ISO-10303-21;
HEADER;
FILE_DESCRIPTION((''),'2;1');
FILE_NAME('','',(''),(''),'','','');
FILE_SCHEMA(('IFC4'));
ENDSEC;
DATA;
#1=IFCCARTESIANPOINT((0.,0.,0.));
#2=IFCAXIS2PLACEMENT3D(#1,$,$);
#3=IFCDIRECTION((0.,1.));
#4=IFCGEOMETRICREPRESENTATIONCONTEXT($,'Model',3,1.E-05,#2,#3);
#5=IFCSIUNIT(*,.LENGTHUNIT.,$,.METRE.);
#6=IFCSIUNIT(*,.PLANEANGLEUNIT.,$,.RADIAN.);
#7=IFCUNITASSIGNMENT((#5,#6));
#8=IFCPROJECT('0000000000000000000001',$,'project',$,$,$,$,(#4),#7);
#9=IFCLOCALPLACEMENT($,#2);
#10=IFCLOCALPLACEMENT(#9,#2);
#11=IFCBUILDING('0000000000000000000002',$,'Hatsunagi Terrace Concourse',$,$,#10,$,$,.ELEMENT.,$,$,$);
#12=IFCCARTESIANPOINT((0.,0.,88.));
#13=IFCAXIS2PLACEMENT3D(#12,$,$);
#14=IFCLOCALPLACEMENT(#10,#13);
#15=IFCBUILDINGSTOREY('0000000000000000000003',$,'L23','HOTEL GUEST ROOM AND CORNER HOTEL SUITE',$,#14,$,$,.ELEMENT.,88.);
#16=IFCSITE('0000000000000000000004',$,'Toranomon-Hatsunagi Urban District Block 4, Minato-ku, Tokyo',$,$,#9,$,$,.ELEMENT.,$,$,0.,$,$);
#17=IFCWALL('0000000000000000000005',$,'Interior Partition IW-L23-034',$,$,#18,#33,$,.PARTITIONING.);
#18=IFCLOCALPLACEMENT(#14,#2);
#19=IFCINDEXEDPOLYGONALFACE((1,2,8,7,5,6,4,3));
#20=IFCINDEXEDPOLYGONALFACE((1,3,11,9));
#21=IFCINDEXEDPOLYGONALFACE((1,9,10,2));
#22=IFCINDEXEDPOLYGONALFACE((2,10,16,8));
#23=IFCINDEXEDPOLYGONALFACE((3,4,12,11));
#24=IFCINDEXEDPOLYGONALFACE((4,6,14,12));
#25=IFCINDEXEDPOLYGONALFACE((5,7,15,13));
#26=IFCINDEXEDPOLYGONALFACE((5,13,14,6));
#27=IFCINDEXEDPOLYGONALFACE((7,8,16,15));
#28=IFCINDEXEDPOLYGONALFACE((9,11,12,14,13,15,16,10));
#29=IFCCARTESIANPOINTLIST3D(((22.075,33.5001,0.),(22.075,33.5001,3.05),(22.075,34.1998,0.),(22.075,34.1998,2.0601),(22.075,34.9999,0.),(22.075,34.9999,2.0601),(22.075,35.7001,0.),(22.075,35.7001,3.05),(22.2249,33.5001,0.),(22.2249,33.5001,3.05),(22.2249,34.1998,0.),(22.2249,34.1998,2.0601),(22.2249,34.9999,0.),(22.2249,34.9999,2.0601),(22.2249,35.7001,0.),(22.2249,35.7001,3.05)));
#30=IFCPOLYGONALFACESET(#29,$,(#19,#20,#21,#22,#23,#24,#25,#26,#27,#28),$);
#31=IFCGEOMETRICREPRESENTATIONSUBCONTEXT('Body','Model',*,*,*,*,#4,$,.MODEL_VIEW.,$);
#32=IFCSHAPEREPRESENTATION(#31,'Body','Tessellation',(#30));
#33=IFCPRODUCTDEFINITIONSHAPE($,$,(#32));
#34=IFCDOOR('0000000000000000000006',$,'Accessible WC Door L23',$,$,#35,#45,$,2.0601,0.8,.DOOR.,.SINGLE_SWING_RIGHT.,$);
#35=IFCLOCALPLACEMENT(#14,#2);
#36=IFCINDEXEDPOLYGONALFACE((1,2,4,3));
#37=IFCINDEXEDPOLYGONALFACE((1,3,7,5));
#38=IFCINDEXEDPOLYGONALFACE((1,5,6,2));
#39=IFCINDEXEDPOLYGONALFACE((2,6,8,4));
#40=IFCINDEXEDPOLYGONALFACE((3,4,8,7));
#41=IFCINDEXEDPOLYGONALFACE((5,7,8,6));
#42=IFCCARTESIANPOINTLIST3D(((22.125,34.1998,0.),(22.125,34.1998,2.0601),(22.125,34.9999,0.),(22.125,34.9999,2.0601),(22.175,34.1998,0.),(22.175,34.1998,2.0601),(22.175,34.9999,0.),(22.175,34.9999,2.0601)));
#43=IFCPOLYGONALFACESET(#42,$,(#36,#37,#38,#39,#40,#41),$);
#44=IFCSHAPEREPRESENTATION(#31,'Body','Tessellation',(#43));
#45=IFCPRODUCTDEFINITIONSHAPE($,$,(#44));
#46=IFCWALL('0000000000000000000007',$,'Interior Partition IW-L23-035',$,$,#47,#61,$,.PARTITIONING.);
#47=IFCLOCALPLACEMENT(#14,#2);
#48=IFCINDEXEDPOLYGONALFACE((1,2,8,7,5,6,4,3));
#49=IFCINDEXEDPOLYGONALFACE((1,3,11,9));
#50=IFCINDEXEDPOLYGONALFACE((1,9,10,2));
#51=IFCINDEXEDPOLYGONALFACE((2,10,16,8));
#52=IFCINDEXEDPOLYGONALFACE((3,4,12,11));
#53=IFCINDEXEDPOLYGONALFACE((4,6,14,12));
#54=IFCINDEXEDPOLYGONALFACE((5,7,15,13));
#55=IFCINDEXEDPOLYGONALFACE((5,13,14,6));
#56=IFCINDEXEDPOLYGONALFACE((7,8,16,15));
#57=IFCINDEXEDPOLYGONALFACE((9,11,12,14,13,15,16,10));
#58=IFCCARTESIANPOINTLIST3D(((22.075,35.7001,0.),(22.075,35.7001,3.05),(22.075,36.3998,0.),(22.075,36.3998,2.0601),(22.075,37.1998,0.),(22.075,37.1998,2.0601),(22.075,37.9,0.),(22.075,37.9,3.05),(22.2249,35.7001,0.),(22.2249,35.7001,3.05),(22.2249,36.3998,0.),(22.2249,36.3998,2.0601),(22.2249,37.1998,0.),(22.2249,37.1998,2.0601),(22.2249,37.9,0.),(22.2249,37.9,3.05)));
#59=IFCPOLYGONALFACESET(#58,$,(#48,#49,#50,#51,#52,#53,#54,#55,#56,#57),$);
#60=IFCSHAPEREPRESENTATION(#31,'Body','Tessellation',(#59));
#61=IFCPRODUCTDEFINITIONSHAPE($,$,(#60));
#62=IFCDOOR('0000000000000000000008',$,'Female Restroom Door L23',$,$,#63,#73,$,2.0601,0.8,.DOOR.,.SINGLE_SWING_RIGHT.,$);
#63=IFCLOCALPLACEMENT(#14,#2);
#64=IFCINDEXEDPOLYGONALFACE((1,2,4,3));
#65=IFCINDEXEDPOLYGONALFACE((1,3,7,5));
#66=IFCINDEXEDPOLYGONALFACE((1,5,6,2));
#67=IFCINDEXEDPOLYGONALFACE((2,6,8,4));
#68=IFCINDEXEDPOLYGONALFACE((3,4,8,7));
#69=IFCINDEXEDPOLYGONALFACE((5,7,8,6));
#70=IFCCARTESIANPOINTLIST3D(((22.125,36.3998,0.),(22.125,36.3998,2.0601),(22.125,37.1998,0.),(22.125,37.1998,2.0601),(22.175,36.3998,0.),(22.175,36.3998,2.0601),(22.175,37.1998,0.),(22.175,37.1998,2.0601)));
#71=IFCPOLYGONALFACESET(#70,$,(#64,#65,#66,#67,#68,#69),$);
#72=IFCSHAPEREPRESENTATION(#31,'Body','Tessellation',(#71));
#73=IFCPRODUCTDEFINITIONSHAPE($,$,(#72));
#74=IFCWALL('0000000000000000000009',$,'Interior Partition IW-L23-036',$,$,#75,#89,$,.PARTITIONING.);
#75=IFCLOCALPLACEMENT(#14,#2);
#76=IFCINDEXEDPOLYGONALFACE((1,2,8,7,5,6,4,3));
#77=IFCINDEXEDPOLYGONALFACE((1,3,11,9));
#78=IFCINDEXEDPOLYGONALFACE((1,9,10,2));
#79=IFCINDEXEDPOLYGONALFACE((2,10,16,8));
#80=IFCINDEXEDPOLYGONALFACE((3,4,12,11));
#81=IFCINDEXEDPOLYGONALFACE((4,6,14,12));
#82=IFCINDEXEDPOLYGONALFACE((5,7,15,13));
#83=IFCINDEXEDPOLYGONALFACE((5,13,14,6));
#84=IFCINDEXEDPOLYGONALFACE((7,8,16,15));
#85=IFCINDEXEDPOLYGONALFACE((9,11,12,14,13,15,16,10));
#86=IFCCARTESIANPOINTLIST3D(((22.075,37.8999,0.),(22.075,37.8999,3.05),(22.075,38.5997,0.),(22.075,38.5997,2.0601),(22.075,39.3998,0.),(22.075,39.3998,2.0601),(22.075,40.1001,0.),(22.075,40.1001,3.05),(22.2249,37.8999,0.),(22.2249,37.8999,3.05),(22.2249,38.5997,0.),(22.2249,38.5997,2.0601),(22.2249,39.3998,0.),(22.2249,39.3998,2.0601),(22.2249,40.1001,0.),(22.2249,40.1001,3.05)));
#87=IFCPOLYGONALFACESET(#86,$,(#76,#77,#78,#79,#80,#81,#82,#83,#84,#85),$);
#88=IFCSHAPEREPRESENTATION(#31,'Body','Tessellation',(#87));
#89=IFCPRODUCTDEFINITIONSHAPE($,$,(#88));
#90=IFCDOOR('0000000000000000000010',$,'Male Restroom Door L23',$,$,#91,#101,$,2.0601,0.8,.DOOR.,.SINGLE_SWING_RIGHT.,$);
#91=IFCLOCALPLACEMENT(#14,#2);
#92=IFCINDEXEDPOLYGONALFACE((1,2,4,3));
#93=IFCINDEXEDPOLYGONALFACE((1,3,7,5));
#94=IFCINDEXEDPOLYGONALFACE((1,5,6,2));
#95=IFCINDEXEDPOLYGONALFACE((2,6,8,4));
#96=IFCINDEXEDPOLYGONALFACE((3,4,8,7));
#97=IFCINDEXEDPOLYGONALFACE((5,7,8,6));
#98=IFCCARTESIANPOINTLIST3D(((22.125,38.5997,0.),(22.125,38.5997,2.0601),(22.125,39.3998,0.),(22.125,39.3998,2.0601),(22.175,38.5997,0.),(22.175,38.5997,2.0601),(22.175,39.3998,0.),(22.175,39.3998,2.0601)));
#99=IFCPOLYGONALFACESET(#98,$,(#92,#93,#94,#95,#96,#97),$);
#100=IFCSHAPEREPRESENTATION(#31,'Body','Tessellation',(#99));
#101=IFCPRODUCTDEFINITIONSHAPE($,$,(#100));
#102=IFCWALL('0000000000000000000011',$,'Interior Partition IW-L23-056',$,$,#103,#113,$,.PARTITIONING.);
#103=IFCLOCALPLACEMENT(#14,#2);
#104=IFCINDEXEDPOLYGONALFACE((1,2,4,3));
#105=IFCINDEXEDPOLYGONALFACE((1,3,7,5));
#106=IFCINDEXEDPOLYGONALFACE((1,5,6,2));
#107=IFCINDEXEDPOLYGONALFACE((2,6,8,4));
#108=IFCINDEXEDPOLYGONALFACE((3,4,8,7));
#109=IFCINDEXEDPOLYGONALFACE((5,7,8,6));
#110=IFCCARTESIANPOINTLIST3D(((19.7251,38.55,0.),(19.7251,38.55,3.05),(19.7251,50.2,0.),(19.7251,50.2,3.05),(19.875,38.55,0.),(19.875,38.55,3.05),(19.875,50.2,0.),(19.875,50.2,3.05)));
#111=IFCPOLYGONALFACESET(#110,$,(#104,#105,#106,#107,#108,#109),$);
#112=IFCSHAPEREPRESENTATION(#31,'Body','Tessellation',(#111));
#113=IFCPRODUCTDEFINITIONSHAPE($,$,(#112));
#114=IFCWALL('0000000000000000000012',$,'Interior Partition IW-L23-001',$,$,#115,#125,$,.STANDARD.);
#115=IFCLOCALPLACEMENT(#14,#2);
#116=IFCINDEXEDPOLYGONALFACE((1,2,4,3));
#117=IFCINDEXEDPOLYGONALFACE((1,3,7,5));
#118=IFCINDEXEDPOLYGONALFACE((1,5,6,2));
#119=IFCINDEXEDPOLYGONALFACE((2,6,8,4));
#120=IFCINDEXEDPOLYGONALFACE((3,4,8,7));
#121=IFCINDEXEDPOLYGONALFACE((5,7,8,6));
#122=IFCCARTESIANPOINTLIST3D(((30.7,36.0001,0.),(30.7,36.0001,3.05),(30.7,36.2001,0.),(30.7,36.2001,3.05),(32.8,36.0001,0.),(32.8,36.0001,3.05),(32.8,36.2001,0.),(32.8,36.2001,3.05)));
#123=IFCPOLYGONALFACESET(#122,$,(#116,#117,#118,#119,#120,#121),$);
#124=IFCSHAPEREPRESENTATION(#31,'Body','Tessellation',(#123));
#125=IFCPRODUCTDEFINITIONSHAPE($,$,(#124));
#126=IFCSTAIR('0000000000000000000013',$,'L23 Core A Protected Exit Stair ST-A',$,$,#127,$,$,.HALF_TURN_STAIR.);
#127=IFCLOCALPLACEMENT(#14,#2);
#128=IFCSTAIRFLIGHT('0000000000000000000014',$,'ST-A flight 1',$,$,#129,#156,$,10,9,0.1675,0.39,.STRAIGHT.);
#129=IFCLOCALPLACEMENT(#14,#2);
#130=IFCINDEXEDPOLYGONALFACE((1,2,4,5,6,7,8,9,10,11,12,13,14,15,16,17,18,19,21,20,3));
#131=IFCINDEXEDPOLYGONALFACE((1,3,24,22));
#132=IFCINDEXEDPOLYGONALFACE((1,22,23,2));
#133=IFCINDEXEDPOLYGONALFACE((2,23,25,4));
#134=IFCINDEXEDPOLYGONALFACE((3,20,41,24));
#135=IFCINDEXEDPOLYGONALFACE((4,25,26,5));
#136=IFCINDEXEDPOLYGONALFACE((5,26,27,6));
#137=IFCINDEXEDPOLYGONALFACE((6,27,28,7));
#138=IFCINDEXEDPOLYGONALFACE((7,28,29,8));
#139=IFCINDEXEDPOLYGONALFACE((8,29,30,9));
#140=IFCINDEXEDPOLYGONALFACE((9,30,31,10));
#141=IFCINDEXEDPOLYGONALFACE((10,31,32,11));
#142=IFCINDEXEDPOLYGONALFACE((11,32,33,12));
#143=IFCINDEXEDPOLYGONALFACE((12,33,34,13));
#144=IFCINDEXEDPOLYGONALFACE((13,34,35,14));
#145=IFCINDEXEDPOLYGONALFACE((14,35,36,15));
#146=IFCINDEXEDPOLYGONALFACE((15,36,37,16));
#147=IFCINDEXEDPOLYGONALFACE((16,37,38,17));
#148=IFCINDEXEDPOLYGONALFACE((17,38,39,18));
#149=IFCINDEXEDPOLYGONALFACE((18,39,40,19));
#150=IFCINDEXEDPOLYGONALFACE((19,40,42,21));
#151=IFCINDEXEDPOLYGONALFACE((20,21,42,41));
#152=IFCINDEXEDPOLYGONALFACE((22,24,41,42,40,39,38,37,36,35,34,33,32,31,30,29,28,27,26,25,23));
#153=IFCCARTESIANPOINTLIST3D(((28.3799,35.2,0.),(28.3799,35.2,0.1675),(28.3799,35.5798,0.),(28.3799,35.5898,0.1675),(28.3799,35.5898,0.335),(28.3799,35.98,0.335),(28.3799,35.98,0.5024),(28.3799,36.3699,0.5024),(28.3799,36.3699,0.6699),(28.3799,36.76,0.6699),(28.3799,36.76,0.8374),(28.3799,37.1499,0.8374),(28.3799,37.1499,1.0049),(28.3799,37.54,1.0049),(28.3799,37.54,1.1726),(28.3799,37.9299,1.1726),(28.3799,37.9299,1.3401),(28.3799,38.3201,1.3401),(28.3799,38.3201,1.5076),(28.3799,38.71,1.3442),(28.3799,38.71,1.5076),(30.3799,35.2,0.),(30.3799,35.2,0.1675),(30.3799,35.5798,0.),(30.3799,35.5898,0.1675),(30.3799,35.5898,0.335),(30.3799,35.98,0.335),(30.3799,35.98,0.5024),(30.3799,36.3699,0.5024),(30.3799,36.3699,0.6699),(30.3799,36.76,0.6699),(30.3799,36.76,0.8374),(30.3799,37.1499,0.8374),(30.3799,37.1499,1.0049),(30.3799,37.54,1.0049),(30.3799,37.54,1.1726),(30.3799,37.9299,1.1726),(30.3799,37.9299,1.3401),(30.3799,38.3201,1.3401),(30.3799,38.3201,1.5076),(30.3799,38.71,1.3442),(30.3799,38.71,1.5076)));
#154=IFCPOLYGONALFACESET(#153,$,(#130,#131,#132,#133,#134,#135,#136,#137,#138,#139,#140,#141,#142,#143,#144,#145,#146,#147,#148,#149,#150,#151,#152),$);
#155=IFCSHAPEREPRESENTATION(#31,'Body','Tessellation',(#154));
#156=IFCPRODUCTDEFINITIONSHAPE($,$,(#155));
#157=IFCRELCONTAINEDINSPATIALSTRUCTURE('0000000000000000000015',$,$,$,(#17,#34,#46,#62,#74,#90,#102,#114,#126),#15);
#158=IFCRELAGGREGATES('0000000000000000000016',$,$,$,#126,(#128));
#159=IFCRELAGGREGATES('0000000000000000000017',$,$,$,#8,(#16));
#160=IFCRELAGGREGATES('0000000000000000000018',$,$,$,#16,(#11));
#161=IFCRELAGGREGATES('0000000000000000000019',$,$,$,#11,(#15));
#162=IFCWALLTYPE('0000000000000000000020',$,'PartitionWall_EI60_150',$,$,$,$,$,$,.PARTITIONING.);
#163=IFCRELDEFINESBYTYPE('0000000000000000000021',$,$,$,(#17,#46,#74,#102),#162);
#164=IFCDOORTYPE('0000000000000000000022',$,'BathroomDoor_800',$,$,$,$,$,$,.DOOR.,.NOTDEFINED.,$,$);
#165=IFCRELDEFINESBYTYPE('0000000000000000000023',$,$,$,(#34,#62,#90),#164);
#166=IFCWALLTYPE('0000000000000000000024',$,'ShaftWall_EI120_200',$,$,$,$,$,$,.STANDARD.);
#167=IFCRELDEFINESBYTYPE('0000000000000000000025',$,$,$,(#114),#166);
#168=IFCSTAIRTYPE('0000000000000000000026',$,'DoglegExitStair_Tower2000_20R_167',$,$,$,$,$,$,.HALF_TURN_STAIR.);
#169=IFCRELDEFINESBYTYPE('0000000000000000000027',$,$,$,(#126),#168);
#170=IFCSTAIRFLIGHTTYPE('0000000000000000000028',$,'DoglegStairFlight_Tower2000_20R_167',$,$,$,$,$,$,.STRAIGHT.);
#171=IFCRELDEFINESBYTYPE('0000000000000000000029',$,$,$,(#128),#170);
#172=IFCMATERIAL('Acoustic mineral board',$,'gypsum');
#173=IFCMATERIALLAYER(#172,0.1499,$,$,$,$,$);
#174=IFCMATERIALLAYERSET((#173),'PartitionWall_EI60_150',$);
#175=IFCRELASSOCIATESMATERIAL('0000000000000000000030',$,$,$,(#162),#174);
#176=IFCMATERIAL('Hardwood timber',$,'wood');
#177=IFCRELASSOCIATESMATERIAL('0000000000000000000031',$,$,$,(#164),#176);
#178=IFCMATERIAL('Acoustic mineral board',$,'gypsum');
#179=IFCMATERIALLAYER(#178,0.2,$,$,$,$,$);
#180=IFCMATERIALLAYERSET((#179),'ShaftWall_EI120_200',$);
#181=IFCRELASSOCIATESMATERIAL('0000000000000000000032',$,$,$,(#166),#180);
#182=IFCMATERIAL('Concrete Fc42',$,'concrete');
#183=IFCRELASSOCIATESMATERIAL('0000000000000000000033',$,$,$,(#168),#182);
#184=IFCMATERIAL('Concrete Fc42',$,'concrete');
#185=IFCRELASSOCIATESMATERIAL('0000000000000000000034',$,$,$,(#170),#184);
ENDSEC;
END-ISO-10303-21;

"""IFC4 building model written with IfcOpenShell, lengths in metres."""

from ifc_helpers import new_model, si_unit, direction, frame, frame_2d, origin, place, context, subcontext, project, spatial, polyline, rectangle, outline, extrude, material, layer, layer_set, type_object, element, fill, aggregate, save


model = new_model("IFC4")

# Units and contexts
model_context = context("Model", 3, precision=1e-05, world=origin(), true_north=direction((0.0, 1.0)))
body_context = subcontext(model_context, "Body", "Model", "MODEL_VIEW")
ifc_project = project(units=[si_unit("LENGTHUNIT", "METRE"), si_unit("PLANEANGLEUNIT", "RADIAN")], contexts=[model_context])

# Site, building, storey
site_placement = place(None, origin())
site = spatial("IfcSite", under=ifc_project, at=site_placement, Name="Toranomon-Hatsunagi Urban District Block 4, Minato-ku, Tokyo", CompositionType="ELEMENT", RefElevation=0.0)
building_placement = place(site_placement, origin())
building = spatial("IfcBuilding", under=site, at=building_placement, Name="Hatsunagi Terrace Concourse", CompositionType="ELEMENT")
storey_placement = place(building_placement, frame((0.0, 0.0, 88.0)))
storey = spatial("IfcBuildingStorey", under=building, at=storey_placement, Name="L23", Description="HOTEL GUEST ROOM AND CORNER HOTEL SUITE", CompositionType="ELEMENT", Elevation=88.0)

# Shared definitions
ifc_material_1 = material(Name="Acoustic mineral board", Category="gypsum")
ifc_layer_1 = layer(ifc_material_1, 0.1499)
ifc_layer_set_1 = layer_set([ifc_layer_1], Name="PartitionWall_EI60_150")
wall_type_1 = type_object("IfcWallType", Name="PartitionWall_EI60_150", PredefinedType="PARTITIONING", material=ifc_layer_set_1)

# Walls, openings, doors
wall_1_placement = place(storey_placement, frame((22.1499, 33.5, 0.0), z_axis=(0.0, 0.0, 1.0), x_axis=(0.0, 1.0, 0.0)))
wall_1 = element("IfcWall", 1, at=wall_1_placement, inside=storey, type_object=wall_type_1, Name="Interior Partition IW-L23-034", PredefinedType="PARTITIONING", context=body_context, shape_type="SweptSolid", body=[
    extrude(rectangle(XDim=2.2, YDim=0.1499, at=frame_2d((1.1001, 0.0))), origin(), (0.0, 0.0, 1.0), 3.05),
])
opening_1_placement = place(wall_1_placement, frame((0.7, 0.0, 0.0)))
opening_1 = element("IfcOpeningElement", 2, at=opening_1_placement, cuts=wall_1, PredefinedType="OPENING", context=body_context, shape_type="SweptSolid", body=[
    extrude(rectangle(XDim=0.8, YDim=2.0601, at=frame_2d((0.3999, 1.03))), frame((0.0, 0.085, 0.0), z_axis=(0.0, -1.0, 0.0), x_axis=(1.0, 0.0, 0.0)), (0.0, 0.0, 1.0), 0.1699),
])
ifc_material_2 = material(Name="Hardwood timber", Category="wood")
door_type_1 = type_object("IfcDoorType", Name="BathroomDoor_800", OperationType="NOTDEFINED", PredefinedType="DOOR", material=ifc_material_2)
door_1_placement = place(opening_1_placement, origin())
door_1 = element("IfcDoor", 3, at=door_1_placement, inside=storey, type_object=door_type_1, Name="Accessible WC Door L23", OperationType="SINGLE_SWING_RIGHT", OverallHeight=2.0601, OverallWidth=0.8, PredefinedType="DOOR", context=body_context, shape_type="SweptSolid", body=[
    extrude(rectangle(XDim=0.8, YDim=2.0601, at=frame_2d((0.3999, 1.03))), frame((0.0, 0.0249, 0.0), z_axis=(0.0, -1.0, 0.0), x_axis=(1.0, 0.0, 0.0)), (0.0, 0.0, 1.0), 0.05),
])
fill(opening_1, door_1)
wall_2_placement = place(storey_placement, frame((22.1499, 35.7, 0.0), z_axis=(0.0, 0.0, 1.0), x_axis=(0.0, 1.0, 0.0)))
wall_2 = element("IfcWall", 4, at=wall_2_placement, inside=storey, type_object=wall_type_1, Name="Interior Partition IW-L23-035", PredefinedType="PARTITIONING", context=body_context, shape_type="SweptSolid", body=[
    extrude(rectangle(XDim=2.2, YDim=0.1499, at=frame_2d((1.1001, 0.0))), origin(), (0.0, 0.0, 1.0), 3.05),
])
opening_2_placement = place(wall_2_placement, frame((0.7, 0.0, 0.0)))
opening_2 = element("IfcOpeningElement", 5, at=opening_2_placement, cuts=wall_2, PredefinedType="OPENING", context=body_context, shape_type="SweptSolid", body=[
    extrude(rectangle(XDim=0.8, YDim=2.0601, at=frame_2d((0.3999, 1.03))), frame((0.0, 0.085, 0.0), z_axis=(0.0, -1.0, 0.0), x_axis=(1.0, 0.0, 0.0)), (0.0, 0.0, 1.0), 0.1699),
])
door_2_placement = place(opening_2_placement, origin())
door_2 = element("IfcDoor", 6, at=door_2_placement, inside=storey, type_object=door_type_1, Name="Female Restroom Door L23", OperationType="SINGLE_SWING_RIGHT", OverallHeight=2.0601, OverallWidth=0.8, PredefinedType="DOOR", context=body_context, shape_type="SweptSolid", body=[
    extrude(rectangle(XDim=0.8, YDim=2.0601, at=frame_2d((0.3999, 1.03))), frame((0.0, 0.0249, 0.0), z_axis=(0.0, -1.0, 0.0), x_axis=(1.0, 0.0, 0.0)), (0.0, 0.0, 1.0), 0.05),
])
fill(opening_2, door_2)
wall_3_placement = place(storey_placement, frame((22.1499, 37.8999, 0.0), z_axis=(0.0, 0.0, 1.0), x_axis=(0.0, 1.0, 0.0)))
wall_3 = element("IfcWall", 7, at=wall_3_placement, inside=storey, type_object=wall_type_1, Name="Interior Partition IW-L23-036", PredefinedType="PARTITIONING", context=body_context, shape_type="SweptSolid", body=[
    extrude(rectangle(XDim=2.2002, YDim=0.1499, at=frame_2d((1.1001, 0.0))), origin(), (0.0, 0.0, 1.0), 3.05),
])
opening_3_placement = place(wall_3_placement, frame((0.7, 0.0, 0.0)))
opening_3 = element("IfcOpeningElement", 8, at=opening_3_placement, cuts=wall_3, PredefinedType="OPENING", context=body_context, shape_type="SweptSolid", body=[
    extrude(rectangle(XDim=0.8, YDim=2.0601, at=frame_2d((0.3999, 1.03))), frame((0.0, 0.085, 0.0), z_axis=(0.0, -1.0, 0.0), x_axis=(1.0, 0.0, 0.0)), (0.0, 0.0, 1.0), 0.1699),
])
door_3_placement = place(opening_3_placement, origin())
door_3 = element("IfcDoor", 9, at=door_3_placement, inside=storey, type_object=door_type_1, Name="Male Restroom Door L23", OperationType="SINGLE_SWING_RIGHT", OverallHeight=2.0601, OverallWidth=0.8, PredefinedType="DOOR", context=body_context, shape_type="SweptSolid", body=[
    extrude(rectangle(XDim=0.8, YDim=2.0601, at=frame_2d((0.3999, 1.03))), frame((0.0, 0.0249, 0.0), z_axis=(0.0, -1.0, 0.0), x_axis=(1.0, 0.0, 0.0)), (0.0, 0.0, 1.0), 0.05),
])
fill(opening_3, door_3)

# Walls
wall_4_placement = place(storey_placement, frame((19.8, 38.55, 0.0), z_axis=(0.0, 0.0, 1.0), x_axis=(0.0, 1.0, 0.0)))
element("IfcWall", 10, at=wall_4_placement, inside=storey, type_object=wall_type_1, Name="Interior Partition IW-L23-056", PredefinedType="PARTITIONING", context=body_context, shape_type="SweptSolid", body=[
    extrude(rectangle(XDim=11.6499, YDim=0.1499, at=frame_2d((5.825, 0.0))), origin(), (0.0, 0.0, 1.0), 3.05),
])
ifc_material_3 = material(Name="Acoustic mineral board", Category="gypsum")
ifc_layer_2 = layer(ifc_material_3, 0.2)
ifc_layer_set_2 = layer_set([ifc_layer_2], Name="ShaftWall_EI120_200")
wall_type_2 = type_object("IfcWallType", Name="ShaftWall_EI120_200", PredefinedType="STANDARD", material=ifc_layer_set_2)
wall_5_placement = place(storey_placement, frame((30.7, 36.1001, 0.0), z_axis=(0.0, 0.0, 1.0), x_axis=(1.0, 0.0, 0.0)))
element("IfcWall", 11, at=wall_5_placement, inside=storey, type_object=wall_type_2, Name="Interior Partition IW-L23-001", PredefinedType="STANDARD", context=body_context, shape_type="SweptSolid", body=[
    extrude(rectangle(XDim=2.1001, YDim=0.2, at=frame_2d((1.05, 0.0))), origin(), (0.0, 0.0, 1.0), 3.05),
])

# Stair, stair flight
ifc_material_4 = material(Name="Concrete Fc42", Category="concrete")
stair_type = type_object("IfcStairType", Name="DoglegExitStair_Tower2000_20R_167", PredefinedType="HALF_TURN_STAIR", material=ifc_material_4)
stair_placement = place(storey_placement, origin())
stair = element("IfcStair", 12, at=stair_placement, inside=storey, type_object=stair_type, Name="L23 Core A Protected Exit Stair ST-A", PredefinedType="HALF_TURN_STAIR")
ifc_material_5 = material(Name="Concrete Fc42", Category="concrete")
stair_flight_type = type_object("IfcStairFlightType", Name="DoglegStairFlight_Tower2000_20R_167", PredefinedType="STRAIGHT", material=ifc_material_5)
stair_flight_1_placement = place(storey_placement, frame((29.3799, 35.2, 0.0), z_axis=(0.0, 0.0, 1.0), x_axis=(0.0, 1.0, 0.0)))
stair_flight_1 = element("IfcStairFlight", 13, at=stair_flight_1_placement, type_object=stair_flight_type, Name="ST-A flight 1", NumberOfRisers=10, NumberOfTreads=9, PredefinedType="STRAIGHT", RiserHeight=0.1675, TreadLength=0.39, context=body_context, shape_type="SweptSolid", body=[
    extrude(outline(polyline([(0.0, 0.0), (0.0, 0.1675), (0.3899, 0.1675), (0.3899, 0.335), (0.78, 0.335), (0.78, 0.5024), (1.1699, 0.5024), (1.1699, 0.6699), (1.5601, 0.6699), (1.5601, 0.8374), (1.95, 0.8374), (1.95, 1.0049), (2.3401, 1.0049), (2.3401, 1.1726), (2.73, 1.1726), (2.73, 1.3401), (3.1201, 1.3401), (3.1201, 1.5076), (3.51, 1.5076), (3.51, 1.675), (3.51, 1.3442), (0.3799, 0.0), (0.0, 0.0)])), frame((0.0, 1.0, 0.0), z_axis=(0.0, -1.0, 0.0), x_axis=(1.0, 0.0, 0.0)), (0.0, 0.0, 1.0), 2.0),
])
aggregate(stair, [stair_flight_1])

save(model, "model.ifc")
